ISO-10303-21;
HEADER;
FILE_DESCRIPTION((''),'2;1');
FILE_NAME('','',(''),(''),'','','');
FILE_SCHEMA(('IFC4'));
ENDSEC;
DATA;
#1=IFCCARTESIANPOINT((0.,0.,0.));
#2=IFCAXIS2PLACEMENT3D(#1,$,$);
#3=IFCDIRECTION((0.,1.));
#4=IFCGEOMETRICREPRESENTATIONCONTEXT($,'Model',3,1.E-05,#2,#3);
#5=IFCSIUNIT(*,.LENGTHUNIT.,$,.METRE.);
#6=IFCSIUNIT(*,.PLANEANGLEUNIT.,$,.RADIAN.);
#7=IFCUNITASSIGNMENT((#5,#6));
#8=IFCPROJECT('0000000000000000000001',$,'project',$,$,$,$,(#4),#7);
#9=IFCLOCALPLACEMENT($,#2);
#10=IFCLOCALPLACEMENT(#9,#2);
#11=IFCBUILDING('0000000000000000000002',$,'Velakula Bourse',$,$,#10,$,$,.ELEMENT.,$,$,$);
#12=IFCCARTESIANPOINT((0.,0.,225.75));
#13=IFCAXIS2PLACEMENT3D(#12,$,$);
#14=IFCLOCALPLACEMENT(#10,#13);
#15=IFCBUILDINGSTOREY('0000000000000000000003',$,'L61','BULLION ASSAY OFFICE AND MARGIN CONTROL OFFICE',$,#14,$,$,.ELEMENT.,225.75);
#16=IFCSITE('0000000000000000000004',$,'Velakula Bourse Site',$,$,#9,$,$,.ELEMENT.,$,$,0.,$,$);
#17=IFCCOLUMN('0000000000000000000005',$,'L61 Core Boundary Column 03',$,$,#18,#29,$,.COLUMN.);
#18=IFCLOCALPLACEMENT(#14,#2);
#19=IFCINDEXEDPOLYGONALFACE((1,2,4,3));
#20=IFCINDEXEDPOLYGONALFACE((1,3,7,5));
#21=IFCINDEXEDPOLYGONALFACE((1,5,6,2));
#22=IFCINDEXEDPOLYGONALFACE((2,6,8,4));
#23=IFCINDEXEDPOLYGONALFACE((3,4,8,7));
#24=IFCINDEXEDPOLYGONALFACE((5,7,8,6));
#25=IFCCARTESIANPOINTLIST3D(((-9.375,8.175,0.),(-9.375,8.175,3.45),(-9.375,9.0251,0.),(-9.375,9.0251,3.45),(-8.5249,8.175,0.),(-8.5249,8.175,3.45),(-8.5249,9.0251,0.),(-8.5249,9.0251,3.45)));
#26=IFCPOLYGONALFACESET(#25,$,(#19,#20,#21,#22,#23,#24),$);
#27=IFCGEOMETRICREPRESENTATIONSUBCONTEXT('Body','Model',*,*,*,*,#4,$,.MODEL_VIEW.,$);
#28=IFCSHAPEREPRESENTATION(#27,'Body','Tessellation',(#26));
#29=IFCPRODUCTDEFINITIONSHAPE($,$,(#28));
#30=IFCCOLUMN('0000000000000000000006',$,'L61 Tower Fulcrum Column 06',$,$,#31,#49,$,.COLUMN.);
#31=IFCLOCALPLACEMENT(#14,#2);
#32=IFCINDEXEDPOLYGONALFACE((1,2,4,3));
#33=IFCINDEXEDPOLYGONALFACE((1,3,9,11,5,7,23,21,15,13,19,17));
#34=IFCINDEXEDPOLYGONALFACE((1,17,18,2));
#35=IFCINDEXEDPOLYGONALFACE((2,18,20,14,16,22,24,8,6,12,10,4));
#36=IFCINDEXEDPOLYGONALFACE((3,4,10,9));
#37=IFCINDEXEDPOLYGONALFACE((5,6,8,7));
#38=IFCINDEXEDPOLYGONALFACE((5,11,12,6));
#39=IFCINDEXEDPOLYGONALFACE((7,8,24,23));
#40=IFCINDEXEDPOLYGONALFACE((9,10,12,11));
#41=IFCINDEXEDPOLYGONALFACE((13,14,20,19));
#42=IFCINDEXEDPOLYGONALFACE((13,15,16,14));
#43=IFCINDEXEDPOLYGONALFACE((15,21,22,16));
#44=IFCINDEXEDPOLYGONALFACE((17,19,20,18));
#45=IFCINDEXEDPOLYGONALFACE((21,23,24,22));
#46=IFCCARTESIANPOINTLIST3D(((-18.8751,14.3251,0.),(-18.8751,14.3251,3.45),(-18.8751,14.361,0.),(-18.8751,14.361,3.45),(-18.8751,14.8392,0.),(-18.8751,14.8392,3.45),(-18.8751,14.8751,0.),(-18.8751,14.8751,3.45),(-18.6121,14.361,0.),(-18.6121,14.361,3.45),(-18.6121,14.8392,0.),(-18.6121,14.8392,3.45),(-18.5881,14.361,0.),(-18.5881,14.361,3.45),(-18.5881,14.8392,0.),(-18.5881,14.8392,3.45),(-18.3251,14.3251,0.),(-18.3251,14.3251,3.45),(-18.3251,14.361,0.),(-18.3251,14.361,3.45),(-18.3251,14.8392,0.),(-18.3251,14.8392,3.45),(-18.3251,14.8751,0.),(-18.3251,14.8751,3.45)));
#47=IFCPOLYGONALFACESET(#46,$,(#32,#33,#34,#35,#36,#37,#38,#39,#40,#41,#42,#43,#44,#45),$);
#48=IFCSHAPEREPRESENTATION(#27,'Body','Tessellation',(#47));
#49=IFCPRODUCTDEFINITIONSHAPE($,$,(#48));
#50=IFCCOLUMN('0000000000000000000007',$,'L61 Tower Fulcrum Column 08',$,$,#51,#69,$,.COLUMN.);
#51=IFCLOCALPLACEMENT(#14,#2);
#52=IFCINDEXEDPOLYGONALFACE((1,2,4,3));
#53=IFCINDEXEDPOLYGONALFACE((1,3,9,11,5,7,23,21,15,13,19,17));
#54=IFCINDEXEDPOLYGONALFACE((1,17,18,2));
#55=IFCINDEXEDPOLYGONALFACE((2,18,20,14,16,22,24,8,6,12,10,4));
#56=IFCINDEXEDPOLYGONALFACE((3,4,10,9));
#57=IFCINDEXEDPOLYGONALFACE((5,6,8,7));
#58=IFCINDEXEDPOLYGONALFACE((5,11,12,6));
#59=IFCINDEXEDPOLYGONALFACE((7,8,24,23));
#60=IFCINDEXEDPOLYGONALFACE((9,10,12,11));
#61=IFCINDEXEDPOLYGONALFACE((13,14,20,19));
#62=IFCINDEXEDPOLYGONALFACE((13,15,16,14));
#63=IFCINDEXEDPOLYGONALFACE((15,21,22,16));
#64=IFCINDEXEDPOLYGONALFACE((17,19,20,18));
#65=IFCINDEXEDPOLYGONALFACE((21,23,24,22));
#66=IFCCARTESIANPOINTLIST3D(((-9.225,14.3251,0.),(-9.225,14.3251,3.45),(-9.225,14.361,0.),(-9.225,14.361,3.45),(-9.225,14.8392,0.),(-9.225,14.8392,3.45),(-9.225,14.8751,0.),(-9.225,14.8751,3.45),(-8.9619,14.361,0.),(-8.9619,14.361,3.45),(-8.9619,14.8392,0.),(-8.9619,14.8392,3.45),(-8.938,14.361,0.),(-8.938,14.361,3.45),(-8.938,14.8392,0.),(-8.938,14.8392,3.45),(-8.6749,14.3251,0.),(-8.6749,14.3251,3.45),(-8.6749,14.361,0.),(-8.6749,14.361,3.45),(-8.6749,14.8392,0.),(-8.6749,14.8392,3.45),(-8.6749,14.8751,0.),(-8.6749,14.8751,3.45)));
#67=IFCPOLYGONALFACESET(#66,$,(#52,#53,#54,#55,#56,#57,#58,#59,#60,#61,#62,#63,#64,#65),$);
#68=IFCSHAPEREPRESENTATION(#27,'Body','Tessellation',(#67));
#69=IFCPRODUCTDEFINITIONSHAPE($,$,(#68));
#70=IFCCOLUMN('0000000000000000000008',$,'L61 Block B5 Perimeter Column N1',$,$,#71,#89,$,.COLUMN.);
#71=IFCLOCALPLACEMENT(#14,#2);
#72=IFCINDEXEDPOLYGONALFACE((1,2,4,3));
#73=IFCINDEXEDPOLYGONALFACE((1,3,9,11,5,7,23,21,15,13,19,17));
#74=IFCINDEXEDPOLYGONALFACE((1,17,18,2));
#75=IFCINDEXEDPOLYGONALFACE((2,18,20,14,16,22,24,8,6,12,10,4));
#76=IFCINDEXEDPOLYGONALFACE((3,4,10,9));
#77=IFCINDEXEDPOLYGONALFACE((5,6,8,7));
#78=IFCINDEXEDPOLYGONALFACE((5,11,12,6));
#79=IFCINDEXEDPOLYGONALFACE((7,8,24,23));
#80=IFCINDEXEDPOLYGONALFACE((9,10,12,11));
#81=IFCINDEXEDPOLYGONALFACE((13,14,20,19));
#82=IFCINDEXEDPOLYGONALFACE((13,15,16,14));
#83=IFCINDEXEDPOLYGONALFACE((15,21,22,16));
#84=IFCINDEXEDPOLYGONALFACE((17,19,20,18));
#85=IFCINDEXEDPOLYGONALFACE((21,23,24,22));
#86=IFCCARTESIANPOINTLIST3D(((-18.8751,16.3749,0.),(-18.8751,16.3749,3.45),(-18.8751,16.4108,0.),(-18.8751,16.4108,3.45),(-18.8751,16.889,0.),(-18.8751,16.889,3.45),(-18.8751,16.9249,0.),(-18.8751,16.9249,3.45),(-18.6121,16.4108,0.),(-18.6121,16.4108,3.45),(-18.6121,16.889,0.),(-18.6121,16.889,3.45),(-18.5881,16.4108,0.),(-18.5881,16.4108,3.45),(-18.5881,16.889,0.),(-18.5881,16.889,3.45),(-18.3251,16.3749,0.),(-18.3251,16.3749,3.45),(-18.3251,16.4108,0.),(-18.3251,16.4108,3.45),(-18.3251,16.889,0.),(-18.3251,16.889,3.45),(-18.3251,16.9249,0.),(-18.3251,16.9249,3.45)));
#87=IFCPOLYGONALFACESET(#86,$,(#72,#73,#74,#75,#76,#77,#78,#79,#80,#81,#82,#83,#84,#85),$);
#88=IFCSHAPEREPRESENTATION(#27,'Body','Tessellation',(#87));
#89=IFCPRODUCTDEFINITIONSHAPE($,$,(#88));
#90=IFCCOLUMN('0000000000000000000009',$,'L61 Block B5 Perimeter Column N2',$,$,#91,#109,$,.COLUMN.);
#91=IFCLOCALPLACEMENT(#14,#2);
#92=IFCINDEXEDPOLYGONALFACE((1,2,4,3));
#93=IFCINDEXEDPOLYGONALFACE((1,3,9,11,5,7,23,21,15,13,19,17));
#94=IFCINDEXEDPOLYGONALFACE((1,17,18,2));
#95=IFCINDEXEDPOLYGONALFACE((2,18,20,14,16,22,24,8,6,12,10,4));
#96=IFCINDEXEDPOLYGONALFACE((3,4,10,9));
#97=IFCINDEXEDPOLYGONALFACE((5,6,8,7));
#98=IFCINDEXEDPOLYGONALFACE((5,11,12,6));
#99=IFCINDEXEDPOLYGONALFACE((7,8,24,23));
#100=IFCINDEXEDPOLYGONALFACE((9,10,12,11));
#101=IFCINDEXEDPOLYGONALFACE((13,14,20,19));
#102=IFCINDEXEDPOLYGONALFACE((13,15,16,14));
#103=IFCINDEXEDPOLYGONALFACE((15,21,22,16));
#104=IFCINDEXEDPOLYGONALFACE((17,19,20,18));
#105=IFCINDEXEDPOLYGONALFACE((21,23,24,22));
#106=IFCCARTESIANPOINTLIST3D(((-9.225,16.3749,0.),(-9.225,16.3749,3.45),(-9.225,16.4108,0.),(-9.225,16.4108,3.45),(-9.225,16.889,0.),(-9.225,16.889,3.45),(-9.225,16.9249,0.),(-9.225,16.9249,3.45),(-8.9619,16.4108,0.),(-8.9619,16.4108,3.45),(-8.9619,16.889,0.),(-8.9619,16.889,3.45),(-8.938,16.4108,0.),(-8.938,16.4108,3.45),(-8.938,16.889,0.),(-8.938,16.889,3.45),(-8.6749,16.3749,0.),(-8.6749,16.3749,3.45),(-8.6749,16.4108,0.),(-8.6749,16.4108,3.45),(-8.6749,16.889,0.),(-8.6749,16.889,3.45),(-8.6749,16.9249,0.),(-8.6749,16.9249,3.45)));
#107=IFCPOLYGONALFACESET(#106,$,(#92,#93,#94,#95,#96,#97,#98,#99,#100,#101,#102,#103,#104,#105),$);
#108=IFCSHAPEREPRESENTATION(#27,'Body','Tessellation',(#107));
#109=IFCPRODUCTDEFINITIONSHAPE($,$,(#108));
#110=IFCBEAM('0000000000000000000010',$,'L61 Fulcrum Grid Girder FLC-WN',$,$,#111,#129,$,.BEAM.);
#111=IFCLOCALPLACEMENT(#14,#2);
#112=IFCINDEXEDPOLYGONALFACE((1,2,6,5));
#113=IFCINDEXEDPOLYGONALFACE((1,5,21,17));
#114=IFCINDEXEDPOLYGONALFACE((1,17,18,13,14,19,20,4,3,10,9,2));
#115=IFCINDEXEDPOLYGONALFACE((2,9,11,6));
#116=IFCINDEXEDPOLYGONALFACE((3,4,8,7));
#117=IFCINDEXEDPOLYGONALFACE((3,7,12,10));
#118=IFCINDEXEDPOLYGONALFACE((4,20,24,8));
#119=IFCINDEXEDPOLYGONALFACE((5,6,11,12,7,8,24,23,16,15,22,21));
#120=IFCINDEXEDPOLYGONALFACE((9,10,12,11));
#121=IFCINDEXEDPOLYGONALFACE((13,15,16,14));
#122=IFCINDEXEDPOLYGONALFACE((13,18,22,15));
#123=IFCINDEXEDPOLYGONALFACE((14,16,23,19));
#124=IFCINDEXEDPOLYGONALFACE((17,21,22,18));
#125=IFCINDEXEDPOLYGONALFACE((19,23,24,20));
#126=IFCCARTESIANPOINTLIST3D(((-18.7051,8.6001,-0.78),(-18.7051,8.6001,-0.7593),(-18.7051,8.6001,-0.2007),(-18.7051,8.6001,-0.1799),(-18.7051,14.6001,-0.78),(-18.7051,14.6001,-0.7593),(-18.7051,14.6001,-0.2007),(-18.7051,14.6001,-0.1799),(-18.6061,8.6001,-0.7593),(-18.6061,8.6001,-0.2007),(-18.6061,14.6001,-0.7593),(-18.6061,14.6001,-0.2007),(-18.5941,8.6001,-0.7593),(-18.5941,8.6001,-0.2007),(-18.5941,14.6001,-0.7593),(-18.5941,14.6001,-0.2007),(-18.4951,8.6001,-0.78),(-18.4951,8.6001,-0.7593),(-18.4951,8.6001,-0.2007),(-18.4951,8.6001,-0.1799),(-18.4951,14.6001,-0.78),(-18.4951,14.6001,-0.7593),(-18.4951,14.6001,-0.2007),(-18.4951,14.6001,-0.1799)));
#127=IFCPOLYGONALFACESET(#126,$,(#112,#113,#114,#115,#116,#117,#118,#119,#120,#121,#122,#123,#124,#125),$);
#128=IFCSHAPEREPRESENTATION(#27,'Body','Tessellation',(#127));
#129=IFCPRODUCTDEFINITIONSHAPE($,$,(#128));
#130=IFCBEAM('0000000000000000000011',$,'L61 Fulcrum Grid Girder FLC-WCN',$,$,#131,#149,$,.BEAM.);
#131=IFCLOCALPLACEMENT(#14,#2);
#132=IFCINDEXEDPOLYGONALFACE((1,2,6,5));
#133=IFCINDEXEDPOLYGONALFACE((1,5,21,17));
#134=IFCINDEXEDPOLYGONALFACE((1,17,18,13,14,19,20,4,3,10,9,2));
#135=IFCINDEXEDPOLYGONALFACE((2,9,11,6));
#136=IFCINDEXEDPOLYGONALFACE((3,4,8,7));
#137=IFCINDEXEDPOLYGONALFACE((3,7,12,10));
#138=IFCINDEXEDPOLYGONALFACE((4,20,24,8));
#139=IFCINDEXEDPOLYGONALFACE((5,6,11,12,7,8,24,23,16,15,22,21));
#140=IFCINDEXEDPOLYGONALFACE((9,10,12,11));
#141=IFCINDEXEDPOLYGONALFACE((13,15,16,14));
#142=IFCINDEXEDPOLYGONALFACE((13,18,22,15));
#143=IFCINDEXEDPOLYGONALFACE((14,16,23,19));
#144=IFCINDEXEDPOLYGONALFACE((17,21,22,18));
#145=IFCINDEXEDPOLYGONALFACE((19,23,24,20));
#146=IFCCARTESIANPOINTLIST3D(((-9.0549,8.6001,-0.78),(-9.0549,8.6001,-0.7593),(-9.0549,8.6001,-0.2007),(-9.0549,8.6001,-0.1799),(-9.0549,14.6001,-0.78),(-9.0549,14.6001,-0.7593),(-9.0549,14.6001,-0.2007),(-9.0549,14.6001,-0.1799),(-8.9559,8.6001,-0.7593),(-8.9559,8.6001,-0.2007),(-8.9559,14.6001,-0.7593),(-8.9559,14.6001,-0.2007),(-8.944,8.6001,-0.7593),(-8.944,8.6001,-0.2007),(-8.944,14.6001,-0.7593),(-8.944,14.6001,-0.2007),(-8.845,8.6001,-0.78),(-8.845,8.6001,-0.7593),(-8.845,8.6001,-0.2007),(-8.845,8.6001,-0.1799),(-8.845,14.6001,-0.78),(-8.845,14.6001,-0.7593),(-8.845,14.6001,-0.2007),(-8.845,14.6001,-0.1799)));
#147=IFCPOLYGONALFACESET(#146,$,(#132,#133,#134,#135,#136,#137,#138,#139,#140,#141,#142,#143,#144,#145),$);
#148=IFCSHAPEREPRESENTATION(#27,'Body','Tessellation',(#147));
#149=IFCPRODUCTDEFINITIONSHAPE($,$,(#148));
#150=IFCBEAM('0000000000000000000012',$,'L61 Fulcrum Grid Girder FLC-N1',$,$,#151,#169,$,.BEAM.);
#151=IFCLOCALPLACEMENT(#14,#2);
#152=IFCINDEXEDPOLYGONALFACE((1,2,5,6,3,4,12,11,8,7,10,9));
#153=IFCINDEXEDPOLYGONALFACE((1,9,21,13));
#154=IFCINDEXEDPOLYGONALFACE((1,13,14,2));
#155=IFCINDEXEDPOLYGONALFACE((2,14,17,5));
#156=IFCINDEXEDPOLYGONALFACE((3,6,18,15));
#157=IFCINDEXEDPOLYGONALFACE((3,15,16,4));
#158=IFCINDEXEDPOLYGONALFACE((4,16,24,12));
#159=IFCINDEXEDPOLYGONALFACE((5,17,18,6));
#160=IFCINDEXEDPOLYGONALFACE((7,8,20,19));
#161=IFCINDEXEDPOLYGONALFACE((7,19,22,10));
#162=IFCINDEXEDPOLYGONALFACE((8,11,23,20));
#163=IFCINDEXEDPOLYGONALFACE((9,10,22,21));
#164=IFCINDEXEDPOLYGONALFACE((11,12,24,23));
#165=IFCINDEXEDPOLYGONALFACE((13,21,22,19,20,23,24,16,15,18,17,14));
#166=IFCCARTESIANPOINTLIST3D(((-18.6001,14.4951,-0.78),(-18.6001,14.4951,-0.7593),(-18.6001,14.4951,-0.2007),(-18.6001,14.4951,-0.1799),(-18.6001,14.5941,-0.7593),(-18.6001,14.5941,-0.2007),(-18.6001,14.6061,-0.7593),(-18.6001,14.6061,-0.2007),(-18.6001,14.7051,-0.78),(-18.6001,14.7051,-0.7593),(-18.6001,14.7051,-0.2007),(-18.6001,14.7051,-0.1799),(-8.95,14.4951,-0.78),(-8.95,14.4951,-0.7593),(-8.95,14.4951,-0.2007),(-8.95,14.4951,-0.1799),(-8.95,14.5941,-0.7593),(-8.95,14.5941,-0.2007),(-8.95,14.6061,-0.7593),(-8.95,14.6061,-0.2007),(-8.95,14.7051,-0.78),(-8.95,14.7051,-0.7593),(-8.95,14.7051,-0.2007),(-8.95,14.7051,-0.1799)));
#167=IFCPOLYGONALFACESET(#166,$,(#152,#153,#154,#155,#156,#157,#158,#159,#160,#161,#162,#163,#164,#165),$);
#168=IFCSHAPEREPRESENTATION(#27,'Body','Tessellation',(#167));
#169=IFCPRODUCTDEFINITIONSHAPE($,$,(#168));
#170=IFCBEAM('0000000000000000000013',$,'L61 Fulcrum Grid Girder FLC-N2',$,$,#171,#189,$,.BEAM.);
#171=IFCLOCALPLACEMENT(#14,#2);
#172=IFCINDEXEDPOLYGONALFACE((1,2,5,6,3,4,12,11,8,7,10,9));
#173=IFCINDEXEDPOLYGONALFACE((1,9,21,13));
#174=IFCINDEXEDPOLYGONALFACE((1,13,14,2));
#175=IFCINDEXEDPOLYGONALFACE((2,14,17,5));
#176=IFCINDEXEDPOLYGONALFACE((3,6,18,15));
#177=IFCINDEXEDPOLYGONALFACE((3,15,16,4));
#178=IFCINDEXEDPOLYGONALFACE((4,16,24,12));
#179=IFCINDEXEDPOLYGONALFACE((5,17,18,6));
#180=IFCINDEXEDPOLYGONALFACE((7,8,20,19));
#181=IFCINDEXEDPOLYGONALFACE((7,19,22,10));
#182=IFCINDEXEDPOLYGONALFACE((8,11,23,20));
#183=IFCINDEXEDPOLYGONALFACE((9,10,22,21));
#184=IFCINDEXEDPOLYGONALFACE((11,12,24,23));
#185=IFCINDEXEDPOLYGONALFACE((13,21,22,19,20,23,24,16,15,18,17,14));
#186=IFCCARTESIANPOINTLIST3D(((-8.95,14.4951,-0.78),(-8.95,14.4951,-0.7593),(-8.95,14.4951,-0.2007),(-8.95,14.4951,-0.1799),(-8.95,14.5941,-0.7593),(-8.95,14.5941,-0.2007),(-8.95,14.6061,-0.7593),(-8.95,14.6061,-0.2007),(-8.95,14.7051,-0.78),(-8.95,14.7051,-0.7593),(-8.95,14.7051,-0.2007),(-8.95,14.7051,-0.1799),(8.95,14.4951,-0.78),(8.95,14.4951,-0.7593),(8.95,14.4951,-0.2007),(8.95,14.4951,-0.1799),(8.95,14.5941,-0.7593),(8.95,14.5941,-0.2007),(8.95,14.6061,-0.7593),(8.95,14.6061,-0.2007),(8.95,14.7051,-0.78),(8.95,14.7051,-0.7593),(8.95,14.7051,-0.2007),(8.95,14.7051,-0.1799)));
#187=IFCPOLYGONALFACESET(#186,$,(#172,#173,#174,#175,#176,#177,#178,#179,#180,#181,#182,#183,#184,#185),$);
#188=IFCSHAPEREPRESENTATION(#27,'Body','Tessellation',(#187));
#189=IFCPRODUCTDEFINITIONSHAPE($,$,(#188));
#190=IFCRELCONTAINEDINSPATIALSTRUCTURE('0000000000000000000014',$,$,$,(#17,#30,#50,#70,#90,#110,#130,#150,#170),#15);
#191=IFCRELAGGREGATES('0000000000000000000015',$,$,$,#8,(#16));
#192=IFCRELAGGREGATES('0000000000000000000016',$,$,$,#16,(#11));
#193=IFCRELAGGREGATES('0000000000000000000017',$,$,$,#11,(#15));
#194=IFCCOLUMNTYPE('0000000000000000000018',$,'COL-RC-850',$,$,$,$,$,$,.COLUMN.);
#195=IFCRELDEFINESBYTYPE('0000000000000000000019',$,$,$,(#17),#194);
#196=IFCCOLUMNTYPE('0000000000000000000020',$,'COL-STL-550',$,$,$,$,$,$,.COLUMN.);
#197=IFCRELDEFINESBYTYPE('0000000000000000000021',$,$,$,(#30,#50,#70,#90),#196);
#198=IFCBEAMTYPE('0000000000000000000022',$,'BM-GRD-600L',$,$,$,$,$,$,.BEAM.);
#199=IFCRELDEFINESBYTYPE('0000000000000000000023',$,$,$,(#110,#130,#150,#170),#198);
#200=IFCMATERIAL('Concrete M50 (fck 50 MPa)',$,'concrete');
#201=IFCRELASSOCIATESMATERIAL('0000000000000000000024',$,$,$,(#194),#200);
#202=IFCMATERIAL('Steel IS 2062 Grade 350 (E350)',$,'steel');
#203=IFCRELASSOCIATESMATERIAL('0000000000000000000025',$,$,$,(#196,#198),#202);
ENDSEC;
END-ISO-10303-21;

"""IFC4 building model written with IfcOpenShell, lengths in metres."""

from ifc_helpers import new_model, si_unit, direction, frame, origin, origin_2d, place, context, subcontext, project, spatial, rectangle, i_section, extrude, material, material_profile, profile_set, type_object, element, save


model = new_model("IFC4")

# Units and contexts
model_context = context("Model", 3, precision=1e-05, world=origin(), true_north=direction((0.0, 1.0)))
body_context = subcontext(model_context, "Body", "Model", "MODEL_VIEW")
ifc_project = project(units=[si_unit("LENGTHUNIT", "METRE"), si_unit("PLANEANGLEUNIT", "RADIAN")], contexts=[model_context])

# Site, building, storey
site_placement = place(None, origin())
site = spatial("IfcSite", under=ifc_project, at=site_placement, Name="Velakula Bourse Site", CompositionType="ELEMENT", RefElevation=0.0)
building_placement = place(site_placement, origin())
building = spatial("IfcBuilding", under=site, at=building_placement, Name="Velakula Bourse", CompositionType="ELEMENT")
storey_placement = place(building_placement, frame((0.0, 0.0, 225.75)))
storey = spatial("IfcBuildingStorey", under=building, at=storey_placement, Name="L61", Description="BULLION ASSAY OFFICE AND MARGIN CONTROL OFFICE", CompositionType="ELEMENT", Elevation=225.75)

# Columns
ifc_material_1 = material(Name="Concrete M50 (fck 50 MPa)", Category="concrete")
ifc_material_profile_1 = material_profile(ifc_material_1, rectangle(XDim=0.8501, YDim=0.8501, at=origin_2d()), Name="Concrete M50 (fck 50 MPa)")
ifc_profile_set_1 = profile_set([ifc_material_profile_1], Name="Concrete M50 (fck 50 MPa)")
column_type_1 = type_object("IfcColumnType", Name="COL-RC-850", PredefinedType="COLUMN", material=ifc_profile_set_1)
column_placement = place(storey_placement, frame((-8.95, 8.6001, 0.0), z_axis=(0.0, 0.0, 1.0), x_axis=(1.0, 0.0, 0.0)))
element("IfcColumn", 1, at=column_placement, inside=storey, type_object=column_type_1, Name="L61 Core Boundary Column 03", PredefinedType="COLUMN", context=body_context, shape_type="SweptSolid", body=[
    extrude(rectangle(XDim=0.8501, YDim=0.8501, at=origin_2d()), origin(), (0.0, 0.0, 1.0), 3.45),
])
ifc_material_2 = material(Name="Steel IS 2062 Grade 350 (E350)", Category="steel")
ifc_material_profile_2 = material_profile(ifc_material_2, i_section(OverallWidth=0.55, OverallDepth=0.55, WebThickness=0.0239, FlangeThickness=0.0359, at=origin_2d()), Name="Steel IS 2062 Grade 350 (E350)")
ifc_profile_set_2 = profile_set([ifc_material_profile_2], Name="Steel IS 2062 Grade 350 (E350)")
column_type_2 = type_object("IfcColumnType", Name="COL-STL-550", PredefinedType="COLUMN", material=ifc_profile_set_2)
for number, where, z_axis, x_axis, name in (
    (2, (-18.6001, 14.6001, 0.0), (0.0, 0.0, 1.0), (1.0, 0.0, 0.0), "L61 Tower Fulcrum Column 06"),
    (3, (-8.95, 14.6001, 0.0), (0.0, 0.0, 1.0), (1.0, 0.0, 0.0), "L61 Tower Fulcrum Column 08"),
    (4, (-18.6001, 16.6499, 0.0), (0.0, 0.0, 1.0), (1.0, 0.0, 0.0), "L61 Block B5 Perimeter Column N1"),
    (5, (-8.95, 16.6499, 0.0), (0.0, 0.0, 1.0), (1.0, 0.0, 0.0), "L61 Block B5 Perimeter Column N2"),
):
    element("IfcColumn", number, at=place(storey_placement, frame(where, z_axis=z_axis, x_axis=x_axis)), inside=storey, type_object=column_type_2, Name=name, PredefinedType="COLUMN", context=body_context, shape_type="SweptSolid", body=[
        extrude(i_section(OverallWidth=0.55, OverallDepth=0.55, WebThickness=0.0239, FlangeThickness=0.0359, at=origin_2d()), origin(), (0.0, 0.0, 1.0), 3.45),
    ])

# Beams
ifc_material_profile_3 = material_profile(ifc_material_2, i_section(OverallWidth=0.21, OverallDepth=0.6001, WebThickness=0.012, FlangeThickness=0.0208, at=origin_2d()), Name="Steel IS 2062 Grade 350 (E350)")
ifc_profile_set_3 = profile_set([ifc_material_profile_3], Name="Steel IS 2062 Grade 350 (E350)")
beam_type_1 = type_object("IfcBeamType", Name="BM-GRD-600L", PredefinedType="BEAM", material=ifc_profile_set_3)
for number, where, z_axis, x_axis, name in (
    (6, (-18.6001, 8.6001, -0.48), (0.0, 1.0, 0.0), (-1.0, 0.0, 0.0), "L61 Fulcrum Grid Girder FLC-WN"),
    (7, (-8.95, 8.6001, -0.48), (0.0, 1.0, 0.0), (-1.0, 0.0, 0.0), "L61 Fulcrum Grid Girder FLC-WCN"),
):
    element("IfcBeam", number, at=place(storey_placement, frame(where, z_axis=z_axis, x_axis=x_axis)), inside=storey, type_object=beam_type_1, Name=name, PredefinedType="BEAM", context=body_context, shape_type="SweptSolid", body=[
        extrude(i_section(OverallWidth=0.21, OverallDepth=0.6001, WebThickness=0.012, FlangeThickness=0.0208, at=origin_2d()), origin(), (0.0, 0.0, 1.0), 6.0),
    ])
beam_1_placement = place(storey_placement, frame((-18.6001, 14.6001, -0.48), z_axis=(1.0, 0.0, 0.0), x_axis=(0.0, 1.0, 0.0)))
element("IfcBeam", 8, at=beam_1_placement, inside=storey, type_object=beam_type_1, Name="L61 Fulcrum Grid Girder FLC-N1", PredefinedType="BEAM", context=body_context, shape_type="SweptSolid", body=[
    extrude(i_section(OverallWidth=0.21, OverallDepth=0.6001, WebThickness=0.012, FlangeThickness=0.0208, at=origin_2d()), origin(), (0.0, 0.0, 1.0), 9.6501),
])
beam_2_placement = place(storey_placement, frame((-8.95, 14.6001, -0.48), z_axis=(1.0, 0.0, 0.0), x_axis=(0.0, 1.0, 0.0)))
element("IfcBeam", 9, at=beam_2_placement, inside=storey, type_object=beam_type_1, Name="L61 Fulcrum Grid Girder FLC-N2", PredefinedType="BEAM", context=body_context, shape_type="SweptSolid", body=[
    extrude(i_section(OverallWidth=0.21, OverallDepth=0.6001, WebThickness=0.012, FlangeThickness=0.0208, at=origin_2d()), origin(), (0.0, 0.0, 1.0), 17.8999),
])

save(model, "model.ifc")
